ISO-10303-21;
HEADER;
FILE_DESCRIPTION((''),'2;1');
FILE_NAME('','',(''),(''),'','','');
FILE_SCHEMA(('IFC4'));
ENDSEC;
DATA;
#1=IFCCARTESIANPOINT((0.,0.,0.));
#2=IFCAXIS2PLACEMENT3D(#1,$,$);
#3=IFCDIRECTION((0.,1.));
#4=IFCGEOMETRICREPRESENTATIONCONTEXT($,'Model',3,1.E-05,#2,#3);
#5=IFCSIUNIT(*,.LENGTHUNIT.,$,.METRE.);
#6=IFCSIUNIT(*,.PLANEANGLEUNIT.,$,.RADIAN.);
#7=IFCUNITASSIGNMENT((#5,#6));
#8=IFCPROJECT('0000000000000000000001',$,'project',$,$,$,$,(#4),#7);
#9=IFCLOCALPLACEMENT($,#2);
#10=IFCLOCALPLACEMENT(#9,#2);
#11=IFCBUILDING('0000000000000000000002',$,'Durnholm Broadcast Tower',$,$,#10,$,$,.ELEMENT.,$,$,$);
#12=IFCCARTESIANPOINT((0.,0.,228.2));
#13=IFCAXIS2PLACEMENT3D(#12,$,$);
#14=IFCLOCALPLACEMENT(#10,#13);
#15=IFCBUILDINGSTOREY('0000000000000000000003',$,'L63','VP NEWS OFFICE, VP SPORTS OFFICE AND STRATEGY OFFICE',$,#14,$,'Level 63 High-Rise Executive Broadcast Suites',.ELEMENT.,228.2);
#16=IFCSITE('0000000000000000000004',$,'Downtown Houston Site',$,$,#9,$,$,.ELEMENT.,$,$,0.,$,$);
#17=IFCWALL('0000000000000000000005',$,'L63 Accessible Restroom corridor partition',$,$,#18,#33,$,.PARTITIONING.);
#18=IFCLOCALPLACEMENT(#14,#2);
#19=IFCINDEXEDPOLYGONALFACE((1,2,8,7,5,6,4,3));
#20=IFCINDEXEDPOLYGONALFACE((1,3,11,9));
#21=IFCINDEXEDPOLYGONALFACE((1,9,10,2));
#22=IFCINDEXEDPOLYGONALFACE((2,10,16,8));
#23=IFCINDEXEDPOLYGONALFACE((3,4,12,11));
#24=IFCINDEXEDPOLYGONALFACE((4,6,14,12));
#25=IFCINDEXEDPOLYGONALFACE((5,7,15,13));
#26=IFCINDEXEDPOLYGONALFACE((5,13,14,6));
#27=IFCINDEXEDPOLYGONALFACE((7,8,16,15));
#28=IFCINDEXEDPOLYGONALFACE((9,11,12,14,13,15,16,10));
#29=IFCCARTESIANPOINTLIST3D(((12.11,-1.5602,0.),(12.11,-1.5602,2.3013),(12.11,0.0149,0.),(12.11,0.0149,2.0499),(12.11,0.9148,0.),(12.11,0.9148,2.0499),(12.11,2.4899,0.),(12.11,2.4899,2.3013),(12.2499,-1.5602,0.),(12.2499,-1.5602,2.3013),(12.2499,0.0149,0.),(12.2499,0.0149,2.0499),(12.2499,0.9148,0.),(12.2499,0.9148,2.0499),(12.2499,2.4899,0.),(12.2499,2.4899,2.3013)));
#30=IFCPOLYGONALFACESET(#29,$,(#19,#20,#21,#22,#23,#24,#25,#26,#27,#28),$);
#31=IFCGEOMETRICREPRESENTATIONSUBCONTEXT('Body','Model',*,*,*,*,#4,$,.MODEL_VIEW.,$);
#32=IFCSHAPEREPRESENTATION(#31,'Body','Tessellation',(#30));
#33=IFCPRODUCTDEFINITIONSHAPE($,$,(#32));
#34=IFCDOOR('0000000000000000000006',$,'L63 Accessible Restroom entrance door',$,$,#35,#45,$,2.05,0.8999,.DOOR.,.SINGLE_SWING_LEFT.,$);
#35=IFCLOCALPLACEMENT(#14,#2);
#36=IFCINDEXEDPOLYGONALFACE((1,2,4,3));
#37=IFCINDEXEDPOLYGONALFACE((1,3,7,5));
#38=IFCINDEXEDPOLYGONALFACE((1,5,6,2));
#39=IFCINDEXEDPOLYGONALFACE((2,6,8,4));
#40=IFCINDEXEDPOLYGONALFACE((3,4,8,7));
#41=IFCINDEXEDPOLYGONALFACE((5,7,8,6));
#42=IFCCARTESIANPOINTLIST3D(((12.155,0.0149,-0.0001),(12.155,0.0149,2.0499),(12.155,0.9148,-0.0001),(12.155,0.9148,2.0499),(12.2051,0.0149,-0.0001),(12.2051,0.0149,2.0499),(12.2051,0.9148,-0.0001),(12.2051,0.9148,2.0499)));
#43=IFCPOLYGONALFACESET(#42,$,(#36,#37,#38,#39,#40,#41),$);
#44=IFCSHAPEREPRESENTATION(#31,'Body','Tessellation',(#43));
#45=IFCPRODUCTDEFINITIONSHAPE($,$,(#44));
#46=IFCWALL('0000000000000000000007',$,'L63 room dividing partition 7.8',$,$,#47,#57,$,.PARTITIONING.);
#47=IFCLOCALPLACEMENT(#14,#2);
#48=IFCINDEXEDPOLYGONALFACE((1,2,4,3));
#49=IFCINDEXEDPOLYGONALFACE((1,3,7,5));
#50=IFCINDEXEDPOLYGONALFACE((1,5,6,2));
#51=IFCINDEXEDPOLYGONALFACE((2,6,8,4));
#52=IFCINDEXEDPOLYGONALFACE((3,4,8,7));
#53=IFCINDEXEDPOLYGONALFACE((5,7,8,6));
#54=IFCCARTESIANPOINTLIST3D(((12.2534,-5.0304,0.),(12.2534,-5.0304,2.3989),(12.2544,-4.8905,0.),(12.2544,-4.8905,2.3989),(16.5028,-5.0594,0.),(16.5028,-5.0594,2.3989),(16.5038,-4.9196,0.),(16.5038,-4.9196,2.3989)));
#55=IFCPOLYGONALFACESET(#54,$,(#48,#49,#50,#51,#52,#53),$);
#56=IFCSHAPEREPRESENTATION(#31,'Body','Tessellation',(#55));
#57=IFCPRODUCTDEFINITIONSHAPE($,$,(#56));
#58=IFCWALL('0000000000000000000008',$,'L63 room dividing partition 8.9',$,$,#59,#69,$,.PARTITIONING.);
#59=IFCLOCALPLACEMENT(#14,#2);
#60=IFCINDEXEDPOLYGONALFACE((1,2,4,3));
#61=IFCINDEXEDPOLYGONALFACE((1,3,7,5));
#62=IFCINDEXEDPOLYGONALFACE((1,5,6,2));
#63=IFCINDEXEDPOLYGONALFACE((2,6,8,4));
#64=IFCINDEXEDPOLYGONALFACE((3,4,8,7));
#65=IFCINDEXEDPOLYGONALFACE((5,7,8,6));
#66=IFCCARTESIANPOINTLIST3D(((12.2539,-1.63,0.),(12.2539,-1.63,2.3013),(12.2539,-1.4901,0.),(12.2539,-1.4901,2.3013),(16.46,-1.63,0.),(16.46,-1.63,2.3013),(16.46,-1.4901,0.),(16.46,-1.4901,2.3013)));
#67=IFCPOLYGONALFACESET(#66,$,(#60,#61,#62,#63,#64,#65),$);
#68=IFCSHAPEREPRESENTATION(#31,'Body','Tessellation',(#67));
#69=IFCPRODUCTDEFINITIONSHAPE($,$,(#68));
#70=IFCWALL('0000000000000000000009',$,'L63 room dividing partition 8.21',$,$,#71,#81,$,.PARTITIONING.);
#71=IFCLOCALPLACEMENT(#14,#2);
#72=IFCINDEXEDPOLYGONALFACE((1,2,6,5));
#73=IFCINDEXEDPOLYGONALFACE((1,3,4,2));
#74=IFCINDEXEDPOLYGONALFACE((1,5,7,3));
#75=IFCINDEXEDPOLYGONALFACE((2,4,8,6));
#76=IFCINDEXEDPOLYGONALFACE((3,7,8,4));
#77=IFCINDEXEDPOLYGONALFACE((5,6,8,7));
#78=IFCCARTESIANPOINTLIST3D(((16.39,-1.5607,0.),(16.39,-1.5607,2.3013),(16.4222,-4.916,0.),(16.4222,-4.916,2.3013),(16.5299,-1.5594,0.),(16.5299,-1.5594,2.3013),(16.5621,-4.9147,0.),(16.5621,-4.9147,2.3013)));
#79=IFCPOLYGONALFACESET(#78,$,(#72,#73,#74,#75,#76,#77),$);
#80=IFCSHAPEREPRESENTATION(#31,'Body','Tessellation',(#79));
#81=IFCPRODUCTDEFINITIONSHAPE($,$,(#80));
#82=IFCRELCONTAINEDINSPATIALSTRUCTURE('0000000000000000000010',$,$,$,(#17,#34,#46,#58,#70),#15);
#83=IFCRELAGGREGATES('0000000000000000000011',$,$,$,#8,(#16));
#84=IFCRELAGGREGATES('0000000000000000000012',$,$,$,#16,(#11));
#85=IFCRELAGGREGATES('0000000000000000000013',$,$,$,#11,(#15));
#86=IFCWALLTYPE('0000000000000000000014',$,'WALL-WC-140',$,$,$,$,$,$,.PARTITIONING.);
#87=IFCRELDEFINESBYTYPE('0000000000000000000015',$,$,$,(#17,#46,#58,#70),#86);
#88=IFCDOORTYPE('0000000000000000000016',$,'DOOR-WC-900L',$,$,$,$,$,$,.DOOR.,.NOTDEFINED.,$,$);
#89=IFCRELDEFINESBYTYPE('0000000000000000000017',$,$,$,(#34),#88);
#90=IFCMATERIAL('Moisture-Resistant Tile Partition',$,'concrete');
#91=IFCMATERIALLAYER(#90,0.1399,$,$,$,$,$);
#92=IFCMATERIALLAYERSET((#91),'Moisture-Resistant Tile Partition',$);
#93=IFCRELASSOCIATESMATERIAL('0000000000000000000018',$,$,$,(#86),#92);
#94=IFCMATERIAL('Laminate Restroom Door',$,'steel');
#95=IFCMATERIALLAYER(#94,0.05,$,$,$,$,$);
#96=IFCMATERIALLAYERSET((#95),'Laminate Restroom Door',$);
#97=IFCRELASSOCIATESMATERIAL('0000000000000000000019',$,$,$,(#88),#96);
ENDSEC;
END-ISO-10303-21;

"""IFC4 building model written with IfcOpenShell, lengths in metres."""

from ifc_helpers import new_model, si_unit, direction, frame, frame_2d, origin, place, context, subcontext, project, spatial, rectangle, extrude, source, transform, mapped, material, layer, layer_set, type_object, type_shapes, element, fill, save


model = new_model("IFC4")

# Units and contexts
model_context = context("Model", 3, precision=1e-05, world=origin(), true_north=direction((0.0, 1.0)))
body_context = subcontext(model_context, "Body", "Model", "MODEL_VIEW")
ifc_project = project(units=[si_unit("LENGTHUNIT", "METRE"), si_unit("PLANEANGLEUNIT", "RADIAN")], contexts=[model_context])

# Site, building, storey
site_placement = place(None, origin())
site = spatial("IfcSite", under=ifc_project, at=site_placement, Name="Downtown Houston Site", CompositionType="ELEMENT", RefElevation=0.0)
building_placement = place(site_placement, origin())
building = spatial("IfcBuilding", under=site, at=building_placement, Name="Durnholm Broadcast Tower", CompositionType="ELEMENT")
storey_placement = place(building_placement, frame((0.0, 0.0, 228.2)))
storey = spatial("IfcBuildingStorey", under=building, at=storey_placement, Name="L63", Description="VP NEWS OFFICE, VP SPORTS OFFICE AND STRATEGY OFFICE", LongName="Level 63 High-Rise Executive Broadcast Suites", CompositionType="ELEMENT", Elevation=228.2)

# Wall, opening, door
ifc_material_1 = material(Name="Moisture-Resistant Tile Partition", Category="concrete")
ifc_layer_1 = layer(ifc_material_1, 0.1399)
ifc_layer_set_1 = layer_set([ifc_layer_1], Name="Moisture-Resistant Tile Partition")
wall_type_1 = type_object("IfcWallType", Name="WALL-WC-140", PredefinedType="PARTITIONING", material=ifc_layer_set_1)
ifc_material_2 = material(Name="Laminate Restroom Door", Category="steel")
wall_1_placement = place(storey_placement, frame((12.1799, -1.5601, 0.0), z_axis=(0.0, 0.0, 1.0), x_axis=(0.0, 1.0, 0.0)))
wall_1 = element("IfcWall", 1, at=wall_1_placement, inside=storey, type_object=wall_type_1, Name="L63 Accessible Restroom corridor partition", PredefinedType="PARTITIONING", context=body_context, shape_type="SweptSolid", body=[
    extrude(rectangle(XDim=4.05, YDim=0.1399, at=frame_2d((2.0249, 0.0))), origin(), (0.0, 0.0, 1.0), 2.3013),
])
opening_1_placement = place(wall_1_placement, frame((1.575, 0.0, 0.0)))
opening_1 = element("IfcOpeningElement", 2, at=opening_1_placement, cuts=wall_1, PredefinedType="OPENING", context=body_context, shape_type="SweptSolid", body=[
    extrude(rectangle(XDim=0.8999, YDim=2.05, at=frame_2d((0.45, 1.0249))), frame((0.0, 0.0801, 0.0), z_axis=(0.0, -1.0, 0.0), x_axis=(1.0, 0.0, 0.0)), (0.0, 0.0, 1.0), 0.1599),
])
ifc_layer_2 = layer(ifc_material_2, 0.05)
ifc_layer_set_2 = layer_set([ifc_layer_2], Name="Laminate Restroom Door")
door_type_1 = type_object("IfcDoorType", Name="DOOR-WC-900L", OperationType="NOTDEFINED", PredefinedType="DOOR", material=ifc_layer_set_2)
shared_shape_1 = source(origin(), body_context, "Body", "SweptSolid", [
    extrude(rectangle(XDim=0.8999, YDim=2.05, at=frame_2d((0.45, 1.0249))), frame((0.0, 0.0249, 0.0), z_axis=(0.0, -1.0, 0.0), x_axis=(1.0, 0.0, 0.0)), (0.0, 0.0, 1.0), 0.05),
])
type_shapes(door_type_1, [shared_shape_1])
door_1_placement = place(opening_1_placement, origin())
door_1 = element("IfcDoor", 3, at=door_1_placement, inside=storey, type_object=door_type_1, Name="L63 Accessible Restroom entrance door", OperationType="SINGLE_SWING_LEFT", OverallHeight=2.05, OverallWidth=0.8999, PredefinedType="DOOR", context=body_context, shape_type="MappedRepresentation", body=[
    mapped(shared_shape_1, transform((0.0, 0.0, 0.0), x_axis=(1.0, 0.0, 0.0), y_axis=(0.0, 1.0, 0.0), z_axis=(0.0, 0.0, 1.0), scale=1.0)),
])
fill(opening_1, door_1)

# Walls
wall_2_placement = place(storey_placement, frame((12.2539, -4.9604, 0.0), z_axis=(0.0, 0.0, 1.0), x_axis=(0.999977, -0.006837, 0.0)))
element("IfcWall", 4, at=wall_2_placement, inside=storey, type_object=wall_type_1, Name="L63 room dividing partition 7.8", PredefinedType="PARTITIONING", context=body_context, shape_type="SweptSolid", body=[
    extrude(rectangle(XDim=4.2495, YDim=0.1399, at=frame_2d((2.1248, 0.0))), origin(), (0.0, 0.0, 1.0), 2.3989),
])
wall_3_placement = place(storey_placement, frame((12.2539, -1.5601, 0.0), z_axis=(0.0, 0.0, 1.0), x_axis=(1.0, 0.0, 0.0)))
element("IfcWall", 5, at=wall_3_placement, inside=storey, type_object=wall_type_1, Name="L63 room dividing partition 8.9", PredefinedType="PARTITIONING", context=body_context, shape_type="SweptSolid", body=[
    extrude(rectangle(XDim=4.2061, YDim=0.1399, at=frame_2d((2.103, 0.0))), origin(), (0.0, 0.0, 1.0), 2.3013),
])
wall_4_placement = place(storey_placement, frame((16.46, -1.5601, 0.0), z_axis=(0.0, 0.0, 1.0), x_axis=(0.009604, -0.999954, 0.0)))
element("IfcWall", 6, at=wall_4_placement, inside=storey, type_object=wall_type_1, Name="L63 room dividing partition 8.21", PredefinedType="PARTITIONING", context=body_context, shape_type="SweptSolid", body=[
    extrude(rectangle(XDim=3.3555, YDim=0.1399, at=frame_2d((1.6777, 0.0))), origin(), (0.0, 0.0, 1.0), 2.3013),
])

save(model, "model.ifc")
